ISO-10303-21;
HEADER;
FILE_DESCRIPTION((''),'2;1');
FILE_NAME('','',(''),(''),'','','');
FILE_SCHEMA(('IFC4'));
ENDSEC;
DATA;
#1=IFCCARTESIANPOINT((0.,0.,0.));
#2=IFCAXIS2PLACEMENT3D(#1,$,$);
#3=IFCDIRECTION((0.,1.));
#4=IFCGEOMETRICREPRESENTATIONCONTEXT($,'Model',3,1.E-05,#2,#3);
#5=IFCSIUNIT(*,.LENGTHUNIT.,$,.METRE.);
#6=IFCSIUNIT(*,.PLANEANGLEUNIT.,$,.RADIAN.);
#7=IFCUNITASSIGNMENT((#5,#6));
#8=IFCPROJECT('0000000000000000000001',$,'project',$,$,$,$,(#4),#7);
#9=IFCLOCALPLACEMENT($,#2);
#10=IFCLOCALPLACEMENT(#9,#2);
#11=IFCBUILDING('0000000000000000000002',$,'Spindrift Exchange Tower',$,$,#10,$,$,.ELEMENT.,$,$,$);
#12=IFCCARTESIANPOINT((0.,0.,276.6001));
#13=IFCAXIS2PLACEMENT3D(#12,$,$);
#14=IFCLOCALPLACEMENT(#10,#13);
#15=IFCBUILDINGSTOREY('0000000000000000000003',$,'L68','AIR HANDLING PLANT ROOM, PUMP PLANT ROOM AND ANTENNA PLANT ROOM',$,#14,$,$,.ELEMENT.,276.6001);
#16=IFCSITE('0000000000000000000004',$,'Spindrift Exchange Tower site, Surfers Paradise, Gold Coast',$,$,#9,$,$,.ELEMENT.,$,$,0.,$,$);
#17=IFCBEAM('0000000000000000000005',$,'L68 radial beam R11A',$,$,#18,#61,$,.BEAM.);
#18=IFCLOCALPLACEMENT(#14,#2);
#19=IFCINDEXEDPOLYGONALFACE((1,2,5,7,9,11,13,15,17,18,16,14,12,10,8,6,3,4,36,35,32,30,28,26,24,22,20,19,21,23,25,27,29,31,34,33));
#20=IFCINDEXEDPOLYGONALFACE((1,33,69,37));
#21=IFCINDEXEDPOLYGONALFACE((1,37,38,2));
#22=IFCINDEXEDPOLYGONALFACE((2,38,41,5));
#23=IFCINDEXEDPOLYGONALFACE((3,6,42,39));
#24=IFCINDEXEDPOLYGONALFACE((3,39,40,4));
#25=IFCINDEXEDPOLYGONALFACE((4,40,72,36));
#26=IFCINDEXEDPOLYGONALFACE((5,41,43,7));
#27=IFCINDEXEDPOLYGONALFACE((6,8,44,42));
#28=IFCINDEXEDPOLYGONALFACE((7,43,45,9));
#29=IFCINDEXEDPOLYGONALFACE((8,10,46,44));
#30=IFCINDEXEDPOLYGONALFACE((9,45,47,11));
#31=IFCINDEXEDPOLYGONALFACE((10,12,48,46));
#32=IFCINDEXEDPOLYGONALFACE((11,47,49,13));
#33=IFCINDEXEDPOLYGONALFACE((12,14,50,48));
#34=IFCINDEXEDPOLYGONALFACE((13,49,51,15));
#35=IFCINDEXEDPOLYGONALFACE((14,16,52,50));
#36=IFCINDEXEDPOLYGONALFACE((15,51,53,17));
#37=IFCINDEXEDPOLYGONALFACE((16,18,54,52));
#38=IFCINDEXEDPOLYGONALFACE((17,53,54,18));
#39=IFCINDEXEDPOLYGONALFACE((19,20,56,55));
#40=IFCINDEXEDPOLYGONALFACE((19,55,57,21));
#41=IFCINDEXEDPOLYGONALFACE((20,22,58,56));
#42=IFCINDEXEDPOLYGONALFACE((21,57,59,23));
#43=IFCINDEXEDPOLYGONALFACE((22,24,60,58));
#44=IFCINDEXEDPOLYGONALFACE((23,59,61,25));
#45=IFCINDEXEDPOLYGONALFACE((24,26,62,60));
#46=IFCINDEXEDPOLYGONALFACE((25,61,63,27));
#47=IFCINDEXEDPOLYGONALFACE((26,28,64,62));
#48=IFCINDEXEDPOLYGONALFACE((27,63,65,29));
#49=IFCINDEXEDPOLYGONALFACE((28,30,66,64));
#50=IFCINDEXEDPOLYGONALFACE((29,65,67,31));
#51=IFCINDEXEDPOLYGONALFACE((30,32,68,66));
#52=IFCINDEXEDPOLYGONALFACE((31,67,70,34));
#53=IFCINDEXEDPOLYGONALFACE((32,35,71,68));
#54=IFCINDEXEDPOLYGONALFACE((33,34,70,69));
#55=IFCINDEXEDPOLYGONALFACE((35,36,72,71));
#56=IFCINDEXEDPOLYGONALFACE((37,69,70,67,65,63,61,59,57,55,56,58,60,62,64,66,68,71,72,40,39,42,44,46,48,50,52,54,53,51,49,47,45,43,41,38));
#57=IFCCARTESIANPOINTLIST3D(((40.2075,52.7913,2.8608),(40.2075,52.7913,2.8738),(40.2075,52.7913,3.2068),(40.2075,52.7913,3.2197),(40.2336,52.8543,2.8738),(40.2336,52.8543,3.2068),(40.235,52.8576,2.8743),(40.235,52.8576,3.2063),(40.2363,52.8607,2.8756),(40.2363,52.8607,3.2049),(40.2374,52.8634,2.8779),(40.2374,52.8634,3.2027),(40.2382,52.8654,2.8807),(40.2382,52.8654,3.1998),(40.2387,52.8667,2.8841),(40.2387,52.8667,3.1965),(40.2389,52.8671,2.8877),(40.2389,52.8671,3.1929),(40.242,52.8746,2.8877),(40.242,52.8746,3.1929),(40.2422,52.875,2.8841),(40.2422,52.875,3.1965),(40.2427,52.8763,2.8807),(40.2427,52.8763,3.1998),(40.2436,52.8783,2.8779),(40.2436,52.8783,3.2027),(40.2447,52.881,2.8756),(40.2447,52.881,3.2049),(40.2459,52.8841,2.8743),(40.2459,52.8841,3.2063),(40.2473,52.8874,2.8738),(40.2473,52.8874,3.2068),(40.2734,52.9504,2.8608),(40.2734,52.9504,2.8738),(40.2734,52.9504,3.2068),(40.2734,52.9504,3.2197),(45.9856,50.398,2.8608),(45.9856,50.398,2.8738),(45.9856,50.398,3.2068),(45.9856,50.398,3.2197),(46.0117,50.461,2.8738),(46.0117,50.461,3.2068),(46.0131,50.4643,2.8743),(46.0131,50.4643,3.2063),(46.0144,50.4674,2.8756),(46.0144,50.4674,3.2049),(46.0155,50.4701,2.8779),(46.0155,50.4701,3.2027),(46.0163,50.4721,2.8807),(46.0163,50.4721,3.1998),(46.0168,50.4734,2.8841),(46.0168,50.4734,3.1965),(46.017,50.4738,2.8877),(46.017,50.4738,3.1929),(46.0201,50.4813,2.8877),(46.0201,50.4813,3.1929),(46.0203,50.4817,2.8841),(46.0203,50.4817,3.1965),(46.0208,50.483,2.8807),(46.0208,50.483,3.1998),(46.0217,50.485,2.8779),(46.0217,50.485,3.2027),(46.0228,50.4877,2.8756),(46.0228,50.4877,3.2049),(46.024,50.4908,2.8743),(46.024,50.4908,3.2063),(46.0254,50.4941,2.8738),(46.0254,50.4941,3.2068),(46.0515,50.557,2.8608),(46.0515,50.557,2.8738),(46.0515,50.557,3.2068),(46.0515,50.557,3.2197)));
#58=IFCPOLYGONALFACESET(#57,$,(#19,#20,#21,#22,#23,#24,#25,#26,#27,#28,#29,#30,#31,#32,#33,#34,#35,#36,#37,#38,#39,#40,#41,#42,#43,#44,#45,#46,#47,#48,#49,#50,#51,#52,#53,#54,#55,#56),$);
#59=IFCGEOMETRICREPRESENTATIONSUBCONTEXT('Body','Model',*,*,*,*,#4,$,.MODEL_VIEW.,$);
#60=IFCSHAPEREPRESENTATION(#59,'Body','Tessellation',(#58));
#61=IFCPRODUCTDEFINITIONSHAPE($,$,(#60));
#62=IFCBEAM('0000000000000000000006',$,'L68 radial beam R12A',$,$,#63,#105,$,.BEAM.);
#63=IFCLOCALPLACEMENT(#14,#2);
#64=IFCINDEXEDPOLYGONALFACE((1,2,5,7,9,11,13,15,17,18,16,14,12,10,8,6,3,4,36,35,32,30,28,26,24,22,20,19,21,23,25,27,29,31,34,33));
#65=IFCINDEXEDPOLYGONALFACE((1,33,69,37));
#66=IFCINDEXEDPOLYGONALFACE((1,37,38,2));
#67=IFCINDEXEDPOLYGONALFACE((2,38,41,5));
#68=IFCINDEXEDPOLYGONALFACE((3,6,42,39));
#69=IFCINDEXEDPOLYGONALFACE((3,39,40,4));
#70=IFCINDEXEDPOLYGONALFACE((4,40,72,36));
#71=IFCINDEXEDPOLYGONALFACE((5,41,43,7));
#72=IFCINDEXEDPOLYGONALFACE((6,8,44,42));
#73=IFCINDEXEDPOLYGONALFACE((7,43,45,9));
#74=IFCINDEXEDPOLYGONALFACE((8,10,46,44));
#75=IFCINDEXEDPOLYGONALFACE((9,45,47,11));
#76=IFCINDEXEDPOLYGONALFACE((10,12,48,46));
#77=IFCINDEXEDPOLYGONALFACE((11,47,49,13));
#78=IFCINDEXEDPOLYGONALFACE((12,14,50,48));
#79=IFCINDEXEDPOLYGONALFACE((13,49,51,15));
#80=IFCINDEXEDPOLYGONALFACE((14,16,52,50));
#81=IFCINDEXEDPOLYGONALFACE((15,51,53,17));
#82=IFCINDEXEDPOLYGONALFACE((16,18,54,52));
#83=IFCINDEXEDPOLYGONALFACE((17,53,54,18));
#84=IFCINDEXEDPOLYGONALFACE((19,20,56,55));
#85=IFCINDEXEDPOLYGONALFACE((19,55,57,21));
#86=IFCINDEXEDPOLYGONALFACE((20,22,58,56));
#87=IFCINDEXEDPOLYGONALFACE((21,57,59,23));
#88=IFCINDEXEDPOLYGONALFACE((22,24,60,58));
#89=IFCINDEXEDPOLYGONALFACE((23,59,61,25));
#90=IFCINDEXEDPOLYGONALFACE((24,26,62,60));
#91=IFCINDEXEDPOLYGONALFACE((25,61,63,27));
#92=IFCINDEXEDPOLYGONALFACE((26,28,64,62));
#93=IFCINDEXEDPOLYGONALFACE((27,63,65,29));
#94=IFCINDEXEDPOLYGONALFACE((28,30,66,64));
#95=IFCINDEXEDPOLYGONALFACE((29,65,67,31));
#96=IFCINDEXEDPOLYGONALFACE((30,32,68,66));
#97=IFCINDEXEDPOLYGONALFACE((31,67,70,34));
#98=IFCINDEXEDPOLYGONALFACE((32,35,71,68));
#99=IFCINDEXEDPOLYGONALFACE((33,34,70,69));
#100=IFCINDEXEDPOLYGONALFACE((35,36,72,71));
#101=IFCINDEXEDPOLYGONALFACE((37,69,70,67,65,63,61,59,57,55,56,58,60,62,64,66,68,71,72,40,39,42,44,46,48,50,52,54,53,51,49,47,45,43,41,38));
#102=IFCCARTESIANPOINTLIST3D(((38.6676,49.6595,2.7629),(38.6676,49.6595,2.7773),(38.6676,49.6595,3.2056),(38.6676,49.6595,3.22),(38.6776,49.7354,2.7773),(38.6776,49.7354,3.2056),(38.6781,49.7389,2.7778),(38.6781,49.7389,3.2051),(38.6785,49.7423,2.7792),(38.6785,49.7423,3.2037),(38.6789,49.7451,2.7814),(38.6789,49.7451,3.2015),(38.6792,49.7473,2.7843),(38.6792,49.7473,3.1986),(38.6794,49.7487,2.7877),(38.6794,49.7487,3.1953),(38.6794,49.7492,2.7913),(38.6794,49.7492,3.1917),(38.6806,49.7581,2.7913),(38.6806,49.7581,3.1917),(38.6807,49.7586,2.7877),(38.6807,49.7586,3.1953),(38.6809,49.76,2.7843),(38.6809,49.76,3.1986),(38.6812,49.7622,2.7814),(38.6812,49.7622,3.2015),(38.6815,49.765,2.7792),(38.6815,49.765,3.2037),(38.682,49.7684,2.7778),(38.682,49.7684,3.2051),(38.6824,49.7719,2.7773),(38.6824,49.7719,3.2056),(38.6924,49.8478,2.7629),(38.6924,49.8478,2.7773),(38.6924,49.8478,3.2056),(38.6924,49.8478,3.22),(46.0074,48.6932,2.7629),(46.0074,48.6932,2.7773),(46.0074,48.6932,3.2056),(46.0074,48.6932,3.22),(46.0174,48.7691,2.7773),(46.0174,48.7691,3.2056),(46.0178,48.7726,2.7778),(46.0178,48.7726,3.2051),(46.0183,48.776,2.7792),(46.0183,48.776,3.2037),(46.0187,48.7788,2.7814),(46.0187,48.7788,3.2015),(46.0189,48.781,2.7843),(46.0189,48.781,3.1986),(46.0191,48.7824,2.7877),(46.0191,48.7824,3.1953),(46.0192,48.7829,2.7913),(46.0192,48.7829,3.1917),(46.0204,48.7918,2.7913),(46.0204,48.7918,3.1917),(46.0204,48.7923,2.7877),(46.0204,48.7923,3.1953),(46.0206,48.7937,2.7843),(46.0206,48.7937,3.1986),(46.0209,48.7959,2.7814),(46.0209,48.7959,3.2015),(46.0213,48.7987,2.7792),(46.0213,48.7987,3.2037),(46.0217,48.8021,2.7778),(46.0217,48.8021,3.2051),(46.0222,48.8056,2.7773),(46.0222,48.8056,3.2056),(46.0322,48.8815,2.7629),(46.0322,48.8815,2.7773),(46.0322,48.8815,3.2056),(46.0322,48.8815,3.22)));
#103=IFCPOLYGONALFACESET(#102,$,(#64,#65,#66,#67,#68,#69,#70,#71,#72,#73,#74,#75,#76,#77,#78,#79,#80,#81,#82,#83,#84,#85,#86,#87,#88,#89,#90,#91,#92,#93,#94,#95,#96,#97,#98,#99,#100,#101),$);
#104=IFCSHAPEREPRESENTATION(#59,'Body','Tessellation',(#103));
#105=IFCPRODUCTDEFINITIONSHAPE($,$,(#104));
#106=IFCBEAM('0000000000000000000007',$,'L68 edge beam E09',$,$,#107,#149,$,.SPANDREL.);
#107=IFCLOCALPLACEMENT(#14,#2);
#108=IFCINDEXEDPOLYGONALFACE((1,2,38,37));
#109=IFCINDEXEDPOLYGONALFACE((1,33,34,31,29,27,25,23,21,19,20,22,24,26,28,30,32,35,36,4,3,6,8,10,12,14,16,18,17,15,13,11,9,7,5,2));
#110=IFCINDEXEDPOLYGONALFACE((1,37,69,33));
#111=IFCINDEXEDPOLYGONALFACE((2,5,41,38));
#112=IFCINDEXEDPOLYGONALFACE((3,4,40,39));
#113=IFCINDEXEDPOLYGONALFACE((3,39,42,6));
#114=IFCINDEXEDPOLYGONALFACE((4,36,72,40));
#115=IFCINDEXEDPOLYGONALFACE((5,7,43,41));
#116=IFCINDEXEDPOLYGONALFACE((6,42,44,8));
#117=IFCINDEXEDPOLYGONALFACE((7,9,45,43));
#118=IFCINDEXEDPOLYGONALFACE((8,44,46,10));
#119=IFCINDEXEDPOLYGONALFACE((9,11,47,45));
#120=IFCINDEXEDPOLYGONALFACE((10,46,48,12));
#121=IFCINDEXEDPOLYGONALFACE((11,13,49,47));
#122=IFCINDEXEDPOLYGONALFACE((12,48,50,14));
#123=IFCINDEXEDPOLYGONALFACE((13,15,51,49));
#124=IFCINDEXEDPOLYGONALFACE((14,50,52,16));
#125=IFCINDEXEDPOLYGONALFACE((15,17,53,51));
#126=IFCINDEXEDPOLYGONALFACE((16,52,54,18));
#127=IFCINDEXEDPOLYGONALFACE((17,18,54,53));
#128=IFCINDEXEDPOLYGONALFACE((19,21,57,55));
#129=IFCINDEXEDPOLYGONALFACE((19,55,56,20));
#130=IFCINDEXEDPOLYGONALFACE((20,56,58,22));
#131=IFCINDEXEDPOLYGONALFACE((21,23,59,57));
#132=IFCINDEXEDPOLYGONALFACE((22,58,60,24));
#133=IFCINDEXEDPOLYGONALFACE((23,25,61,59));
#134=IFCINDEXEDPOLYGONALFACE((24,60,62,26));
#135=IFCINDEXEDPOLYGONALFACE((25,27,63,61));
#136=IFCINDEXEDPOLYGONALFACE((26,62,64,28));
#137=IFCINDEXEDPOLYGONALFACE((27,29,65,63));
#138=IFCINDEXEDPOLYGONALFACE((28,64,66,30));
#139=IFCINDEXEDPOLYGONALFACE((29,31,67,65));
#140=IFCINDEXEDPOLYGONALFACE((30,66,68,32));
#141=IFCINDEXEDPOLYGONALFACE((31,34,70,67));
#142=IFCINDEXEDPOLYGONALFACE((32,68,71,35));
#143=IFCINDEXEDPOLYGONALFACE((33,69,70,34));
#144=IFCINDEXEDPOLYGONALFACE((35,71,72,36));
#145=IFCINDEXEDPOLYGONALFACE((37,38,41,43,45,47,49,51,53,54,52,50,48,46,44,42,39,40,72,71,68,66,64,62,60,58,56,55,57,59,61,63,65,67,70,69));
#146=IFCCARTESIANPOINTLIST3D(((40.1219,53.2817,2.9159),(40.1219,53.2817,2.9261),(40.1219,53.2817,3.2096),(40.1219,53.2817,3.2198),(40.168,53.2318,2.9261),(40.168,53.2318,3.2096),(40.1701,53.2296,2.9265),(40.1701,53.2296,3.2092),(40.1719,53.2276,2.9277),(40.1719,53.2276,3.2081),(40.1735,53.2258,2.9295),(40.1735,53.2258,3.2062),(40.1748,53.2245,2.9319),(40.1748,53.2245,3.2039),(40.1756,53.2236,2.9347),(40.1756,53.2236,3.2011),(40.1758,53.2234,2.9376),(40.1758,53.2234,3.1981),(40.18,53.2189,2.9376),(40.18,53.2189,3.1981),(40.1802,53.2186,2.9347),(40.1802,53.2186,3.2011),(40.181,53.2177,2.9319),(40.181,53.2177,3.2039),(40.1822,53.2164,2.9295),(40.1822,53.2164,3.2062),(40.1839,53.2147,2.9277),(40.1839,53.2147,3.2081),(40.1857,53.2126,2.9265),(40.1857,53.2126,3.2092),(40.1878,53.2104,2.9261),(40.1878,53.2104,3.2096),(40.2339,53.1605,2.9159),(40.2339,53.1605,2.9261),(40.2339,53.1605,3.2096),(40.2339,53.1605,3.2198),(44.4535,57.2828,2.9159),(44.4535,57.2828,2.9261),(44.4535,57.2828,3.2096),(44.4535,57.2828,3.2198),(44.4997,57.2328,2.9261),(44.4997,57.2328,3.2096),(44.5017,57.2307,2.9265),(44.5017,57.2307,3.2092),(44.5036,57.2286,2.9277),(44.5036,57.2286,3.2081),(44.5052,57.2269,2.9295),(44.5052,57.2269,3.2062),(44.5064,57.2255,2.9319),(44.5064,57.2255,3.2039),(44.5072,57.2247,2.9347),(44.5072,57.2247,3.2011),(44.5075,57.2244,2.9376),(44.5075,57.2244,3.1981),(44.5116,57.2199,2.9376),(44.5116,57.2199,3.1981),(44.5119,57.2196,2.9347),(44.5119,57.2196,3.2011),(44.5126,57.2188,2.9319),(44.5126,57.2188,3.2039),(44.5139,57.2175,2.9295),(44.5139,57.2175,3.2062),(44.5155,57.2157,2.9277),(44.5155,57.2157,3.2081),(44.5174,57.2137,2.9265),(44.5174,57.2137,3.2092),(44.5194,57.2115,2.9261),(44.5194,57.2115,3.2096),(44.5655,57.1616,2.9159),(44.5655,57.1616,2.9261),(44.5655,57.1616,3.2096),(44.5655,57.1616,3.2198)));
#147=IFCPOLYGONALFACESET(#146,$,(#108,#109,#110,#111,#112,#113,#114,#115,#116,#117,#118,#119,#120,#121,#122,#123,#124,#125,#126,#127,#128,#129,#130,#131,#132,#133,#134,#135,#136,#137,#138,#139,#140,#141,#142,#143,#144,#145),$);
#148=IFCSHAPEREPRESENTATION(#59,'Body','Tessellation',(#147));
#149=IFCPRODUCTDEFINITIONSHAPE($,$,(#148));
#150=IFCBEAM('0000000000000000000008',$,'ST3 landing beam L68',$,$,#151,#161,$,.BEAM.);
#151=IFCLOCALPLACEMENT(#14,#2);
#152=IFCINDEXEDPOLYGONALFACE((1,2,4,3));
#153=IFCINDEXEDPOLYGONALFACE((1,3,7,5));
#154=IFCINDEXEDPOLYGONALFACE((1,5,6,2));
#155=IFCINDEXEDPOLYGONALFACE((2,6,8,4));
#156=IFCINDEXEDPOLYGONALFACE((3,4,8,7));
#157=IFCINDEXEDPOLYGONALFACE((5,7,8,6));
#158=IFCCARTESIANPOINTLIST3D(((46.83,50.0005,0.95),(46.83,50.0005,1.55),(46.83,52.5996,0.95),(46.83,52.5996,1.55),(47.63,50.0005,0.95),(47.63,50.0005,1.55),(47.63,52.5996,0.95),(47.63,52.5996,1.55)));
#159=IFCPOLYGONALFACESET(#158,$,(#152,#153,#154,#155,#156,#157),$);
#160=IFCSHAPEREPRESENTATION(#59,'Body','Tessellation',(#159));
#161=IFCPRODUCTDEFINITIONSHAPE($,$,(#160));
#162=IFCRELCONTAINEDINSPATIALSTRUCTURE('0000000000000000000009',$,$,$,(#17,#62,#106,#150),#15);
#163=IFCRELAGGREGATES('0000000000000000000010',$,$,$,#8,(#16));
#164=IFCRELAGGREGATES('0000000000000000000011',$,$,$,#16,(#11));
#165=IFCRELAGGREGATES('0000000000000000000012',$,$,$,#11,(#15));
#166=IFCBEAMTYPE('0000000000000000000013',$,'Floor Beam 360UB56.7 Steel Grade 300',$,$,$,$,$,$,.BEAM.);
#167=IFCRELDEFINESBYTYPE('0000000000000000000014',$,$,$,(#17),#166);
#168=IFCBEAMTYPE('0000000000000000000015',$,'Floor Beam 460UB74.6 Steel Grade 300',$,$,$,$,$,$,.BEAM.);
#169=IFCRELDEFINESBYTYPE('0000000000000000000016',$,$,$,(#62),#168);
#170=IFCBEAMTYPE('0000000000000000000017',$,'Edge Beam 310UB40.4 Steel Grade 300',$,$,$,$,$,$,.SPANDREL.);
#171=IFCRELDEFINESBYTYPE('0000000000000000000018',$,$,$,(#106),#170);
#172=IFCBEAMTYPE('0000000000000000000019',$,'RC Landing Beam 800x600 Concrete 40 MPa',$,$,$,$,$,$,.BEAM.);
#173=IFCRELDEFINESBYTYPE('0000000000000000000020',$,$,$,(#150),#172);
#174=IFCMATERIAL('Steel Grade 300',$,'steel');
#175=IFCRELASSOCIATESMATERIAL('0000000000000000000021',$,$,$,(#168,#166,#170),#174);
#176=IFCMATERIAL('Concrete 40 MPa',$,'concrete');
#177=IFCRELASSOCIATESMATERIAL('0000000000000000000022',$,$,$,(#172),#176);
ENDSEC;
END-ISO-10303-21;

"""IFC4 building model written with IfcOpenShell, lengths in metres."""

from ifc_helpers import new_model, si_unit, direction, frame, origin, origin_2d, place, context, subcontext, project, spatial, rectangle, i_section, extrude, source, transform, mapped, material, material_profile, profile_set, type_object, element, save


model = new_model("IFC4")

# Units and contexts
model_context = context("Model", 3, precision=1e-05, world=origin(), true_north=direction((0.0, 1.0)))
body_context = subcontext(model_context, "Body", "Model", "MODEL_VIEW")
ifc_project = project(units=[si_unit("LENGTHUNIT", "METRE"), si_unit("PLANEANGLEUNIT", "RADIAN")], contexts=[model_context])

# Site, building, storey
site_placement = place(None, origin())
site = spatial("IfcSite", under=ifc_project, at=site_placement, Name="Spindrift Exchange Tower site, Surfers Paradise, Gold Coast", CompositionType="ELEMENT", RefElevation=0.0)
building_placement = place(site_placement, origin())
building = spatial("IfcBuilding", under=site, at=building_placement, Name="Spindrift Exchange Tower", CompositionType="ELEMENT")
storey_placement = place(building_placement, frame((0.0, 0.0, 276.6001)))
storey = spatial("IfcBuildingStorey", under=building, at=storey_placement, Name="L68", Description="AIR HANDLING PLANT ROOM, PUMP PLANT ROOM AND ANTENNA PLANT ROOM", CompositionType="ELEMENT", Elevation=276.6001)

# Beams
ifc_material_1 = material(Name="Steel Grade 300", Category="steel")
ifc_material_profile_1 = material_profile(ifc_material_1, i_section(OverallWidth=0.1899, OverallDepth=0.457, WebThickness=0.009, FlangeThickness=0.0144, FilletRadius=0.0139, at=origin_2d()), Name="460UB74.6")
ifc_profile_set_1 = profile_set([ifc_material_profile_1], Name="Steel Grade 300")
beam_type_1 = type_object("IfcBeamType", Name="Floor Beam 460UB74.6 Steel Grade 300", PredefinedType="BEAM", material=ifc_profile_set_1)
ifc_material_profile_2 = material_profile(ifc_material_1, i_section(OverallWidth=0.1721, OverallDepth=0.3589, WebThickness=0.0081, FlangeThickness=0.0129, FilletRadius=0.0139, at=origin_2d()), Name="360UB56.7")
ifc_profile_set_2 = profile_set([ifc_material_profile_2], Name="Steel Grade 300")
beam_type_2 = type_object("IfcBeamType", Name="Floor Beam 360UB56.7 Steel Grade 300", PredefinedType="BEAM", material=ifc_profile_set_2)
shared_shape_1 = source(origin(), body_context, "Body", "SweptSolid", [
    extrude(i_section(OverallWidth=0.1721, OverallDepth=0.3589, WebThickness=0.0081, FlangeThickness=0.0129, FilletRadius=0.0139, at=origin_2d()), origin(), (0.0, 0.0, 1.0), 6.2542),
])
beam_1_placement = place(storey_placement, frame((46.0186, 50.4775, 3.0403), z_axis=(-0.923882, 0.382677, 0.0), x_axis=(-0.382677, -0.923882, 0.0)))
element("IfcBeam", 1, at=beam_1_placement, inside=storey, type_object=beam_type_2, Name="L68 radial beam R11A", PredefinedType="BEAM", context=body_context, shape_type="MappedRepresentation", body=[
    mapped(shared_shape_1, transform((0.0, 0.0, 0.0), scale=1.0)),
])
shared_shape_2 = source(origin(), body_context, "Body", "SweptSolid", [
    extrude(i_section(OverallWidth=0.1899, OverallDepth=0.457, WebThickness=0.009, FlangeThickness=0.0144, FilletRadius=0.0139, at=origin_2d()), origin(), (0.0, 0.0, 1.0), 7.4031),
])
beam_2_placement = place(storey_placement, frame((46.0198, 48.7874, 2.9915), z_axis=(-0.991445, 0.130526, 0.0), x_axis=(-0.130526, -0.991445, 0.0)))
element("IfcBeam", 2, at=beam_2_placement, inside=storey, type_object=beam_type_1, Name="L68 radial beam R12A", PredefinedType="BEAM", context=body_context, shape_type="MappedRepresentation", body=[
    mapped(shared_shape_2, transform((0.0, 0.0, 0.0), scale=1.0)),
])
ifc_material_profile_3 = material_profile(ifc_material_1, i_section(OverallWidth=0.165, OverallDepth=0.304, WebThickness=0.0061, FlangeThickness=0.0103, FilletRadius=0.0115, at=origin_2d()), Name="310UB40.4")
ifc_profile_set_3 = profile_set([ifc_material_profile_3], Name="Steel Grade 300")
beam_type_3 = type_object("IfcBeamType", Name="Edge Beam 310UB40.4 Steel Grade 300", PredefinedType="SPANDREL", material=ifc_profile_set_3)
shared_shape_3 = source(origin(), body_context, "Body", "SweptSolid", [
    extrude(i_section(OverallWidth=0.165, OverallDepth=0.304, WebThickness=0.0061, FlangeThickness=0.0103, FilletRadius=0.0115, at=origin_2d()), origin(), (0.0, 0.0, 1.0), 5.8967),
])
beam_3_placement = place(storey_placement, frame((44.5095, 57.2222, 3.0679), z_axis=(-0.734581, -0.678521, 0.0), x_axis=(0.678521, -0.734581, 0.0)))
element("IfcBeam", 3, at=beam_3_placement, inside=storey, type_object=beam_type_3, Name="L68 edge beam E09", PredefinedType="SPANDREL", context=body_context, shape_type="MappedRepresentation", body=[
    mapped(shared_shape_3, transform((0.0, 0.0, 0.0), scale=1.0)),
])
ifc_material_2 = material(Name="Concrete 40 MPa", Category="concrete")
ifc_material_profile_4 = material_profile(ifc_material_2, rectangle(XDim=0.8, YDim=0.6001, at=origin_2d()), Name="RC 800x600")
ifc_profile_set_4 = profile_set([ifc_material_profile_4], Name="Concrete 40 MPa")
beam_type_4 = type_object("IfcBeamType", Name="RC Landing Beam 800x600 Concrete 40 MPa", PredefinedType="BEAM", material=ifc_profile_set_4)
shared_shape_4 = source(origin(), body_context, "Body", "SweptSolid", [
    extrude(rectangle(XDim=0.8, YDim=0.6001, at=origin_2d()), origin(), (0.0, 0.0, 1.0), 2.5991),
])
beam_4_placement = place(storey_placement, frame((47.23, 50.0005, 1.25), z_axis=(0.0, 1.0, 0.0), x_axis=(-1.0, 0.0, 0.0)))
element("IfcBeam", 4, at=beam_4_placement, inside=storey, type_object=beam_type_4, Name="ST3 landing beam L68", PredefinedType="BEAM", context=body_context, shape_type="MappedRepresentation", body=[
    mapped(shared_shape_4, transform((0.0, 0.0, 0.0), scale=1.0)),
])

save(model, "model.ifc")
